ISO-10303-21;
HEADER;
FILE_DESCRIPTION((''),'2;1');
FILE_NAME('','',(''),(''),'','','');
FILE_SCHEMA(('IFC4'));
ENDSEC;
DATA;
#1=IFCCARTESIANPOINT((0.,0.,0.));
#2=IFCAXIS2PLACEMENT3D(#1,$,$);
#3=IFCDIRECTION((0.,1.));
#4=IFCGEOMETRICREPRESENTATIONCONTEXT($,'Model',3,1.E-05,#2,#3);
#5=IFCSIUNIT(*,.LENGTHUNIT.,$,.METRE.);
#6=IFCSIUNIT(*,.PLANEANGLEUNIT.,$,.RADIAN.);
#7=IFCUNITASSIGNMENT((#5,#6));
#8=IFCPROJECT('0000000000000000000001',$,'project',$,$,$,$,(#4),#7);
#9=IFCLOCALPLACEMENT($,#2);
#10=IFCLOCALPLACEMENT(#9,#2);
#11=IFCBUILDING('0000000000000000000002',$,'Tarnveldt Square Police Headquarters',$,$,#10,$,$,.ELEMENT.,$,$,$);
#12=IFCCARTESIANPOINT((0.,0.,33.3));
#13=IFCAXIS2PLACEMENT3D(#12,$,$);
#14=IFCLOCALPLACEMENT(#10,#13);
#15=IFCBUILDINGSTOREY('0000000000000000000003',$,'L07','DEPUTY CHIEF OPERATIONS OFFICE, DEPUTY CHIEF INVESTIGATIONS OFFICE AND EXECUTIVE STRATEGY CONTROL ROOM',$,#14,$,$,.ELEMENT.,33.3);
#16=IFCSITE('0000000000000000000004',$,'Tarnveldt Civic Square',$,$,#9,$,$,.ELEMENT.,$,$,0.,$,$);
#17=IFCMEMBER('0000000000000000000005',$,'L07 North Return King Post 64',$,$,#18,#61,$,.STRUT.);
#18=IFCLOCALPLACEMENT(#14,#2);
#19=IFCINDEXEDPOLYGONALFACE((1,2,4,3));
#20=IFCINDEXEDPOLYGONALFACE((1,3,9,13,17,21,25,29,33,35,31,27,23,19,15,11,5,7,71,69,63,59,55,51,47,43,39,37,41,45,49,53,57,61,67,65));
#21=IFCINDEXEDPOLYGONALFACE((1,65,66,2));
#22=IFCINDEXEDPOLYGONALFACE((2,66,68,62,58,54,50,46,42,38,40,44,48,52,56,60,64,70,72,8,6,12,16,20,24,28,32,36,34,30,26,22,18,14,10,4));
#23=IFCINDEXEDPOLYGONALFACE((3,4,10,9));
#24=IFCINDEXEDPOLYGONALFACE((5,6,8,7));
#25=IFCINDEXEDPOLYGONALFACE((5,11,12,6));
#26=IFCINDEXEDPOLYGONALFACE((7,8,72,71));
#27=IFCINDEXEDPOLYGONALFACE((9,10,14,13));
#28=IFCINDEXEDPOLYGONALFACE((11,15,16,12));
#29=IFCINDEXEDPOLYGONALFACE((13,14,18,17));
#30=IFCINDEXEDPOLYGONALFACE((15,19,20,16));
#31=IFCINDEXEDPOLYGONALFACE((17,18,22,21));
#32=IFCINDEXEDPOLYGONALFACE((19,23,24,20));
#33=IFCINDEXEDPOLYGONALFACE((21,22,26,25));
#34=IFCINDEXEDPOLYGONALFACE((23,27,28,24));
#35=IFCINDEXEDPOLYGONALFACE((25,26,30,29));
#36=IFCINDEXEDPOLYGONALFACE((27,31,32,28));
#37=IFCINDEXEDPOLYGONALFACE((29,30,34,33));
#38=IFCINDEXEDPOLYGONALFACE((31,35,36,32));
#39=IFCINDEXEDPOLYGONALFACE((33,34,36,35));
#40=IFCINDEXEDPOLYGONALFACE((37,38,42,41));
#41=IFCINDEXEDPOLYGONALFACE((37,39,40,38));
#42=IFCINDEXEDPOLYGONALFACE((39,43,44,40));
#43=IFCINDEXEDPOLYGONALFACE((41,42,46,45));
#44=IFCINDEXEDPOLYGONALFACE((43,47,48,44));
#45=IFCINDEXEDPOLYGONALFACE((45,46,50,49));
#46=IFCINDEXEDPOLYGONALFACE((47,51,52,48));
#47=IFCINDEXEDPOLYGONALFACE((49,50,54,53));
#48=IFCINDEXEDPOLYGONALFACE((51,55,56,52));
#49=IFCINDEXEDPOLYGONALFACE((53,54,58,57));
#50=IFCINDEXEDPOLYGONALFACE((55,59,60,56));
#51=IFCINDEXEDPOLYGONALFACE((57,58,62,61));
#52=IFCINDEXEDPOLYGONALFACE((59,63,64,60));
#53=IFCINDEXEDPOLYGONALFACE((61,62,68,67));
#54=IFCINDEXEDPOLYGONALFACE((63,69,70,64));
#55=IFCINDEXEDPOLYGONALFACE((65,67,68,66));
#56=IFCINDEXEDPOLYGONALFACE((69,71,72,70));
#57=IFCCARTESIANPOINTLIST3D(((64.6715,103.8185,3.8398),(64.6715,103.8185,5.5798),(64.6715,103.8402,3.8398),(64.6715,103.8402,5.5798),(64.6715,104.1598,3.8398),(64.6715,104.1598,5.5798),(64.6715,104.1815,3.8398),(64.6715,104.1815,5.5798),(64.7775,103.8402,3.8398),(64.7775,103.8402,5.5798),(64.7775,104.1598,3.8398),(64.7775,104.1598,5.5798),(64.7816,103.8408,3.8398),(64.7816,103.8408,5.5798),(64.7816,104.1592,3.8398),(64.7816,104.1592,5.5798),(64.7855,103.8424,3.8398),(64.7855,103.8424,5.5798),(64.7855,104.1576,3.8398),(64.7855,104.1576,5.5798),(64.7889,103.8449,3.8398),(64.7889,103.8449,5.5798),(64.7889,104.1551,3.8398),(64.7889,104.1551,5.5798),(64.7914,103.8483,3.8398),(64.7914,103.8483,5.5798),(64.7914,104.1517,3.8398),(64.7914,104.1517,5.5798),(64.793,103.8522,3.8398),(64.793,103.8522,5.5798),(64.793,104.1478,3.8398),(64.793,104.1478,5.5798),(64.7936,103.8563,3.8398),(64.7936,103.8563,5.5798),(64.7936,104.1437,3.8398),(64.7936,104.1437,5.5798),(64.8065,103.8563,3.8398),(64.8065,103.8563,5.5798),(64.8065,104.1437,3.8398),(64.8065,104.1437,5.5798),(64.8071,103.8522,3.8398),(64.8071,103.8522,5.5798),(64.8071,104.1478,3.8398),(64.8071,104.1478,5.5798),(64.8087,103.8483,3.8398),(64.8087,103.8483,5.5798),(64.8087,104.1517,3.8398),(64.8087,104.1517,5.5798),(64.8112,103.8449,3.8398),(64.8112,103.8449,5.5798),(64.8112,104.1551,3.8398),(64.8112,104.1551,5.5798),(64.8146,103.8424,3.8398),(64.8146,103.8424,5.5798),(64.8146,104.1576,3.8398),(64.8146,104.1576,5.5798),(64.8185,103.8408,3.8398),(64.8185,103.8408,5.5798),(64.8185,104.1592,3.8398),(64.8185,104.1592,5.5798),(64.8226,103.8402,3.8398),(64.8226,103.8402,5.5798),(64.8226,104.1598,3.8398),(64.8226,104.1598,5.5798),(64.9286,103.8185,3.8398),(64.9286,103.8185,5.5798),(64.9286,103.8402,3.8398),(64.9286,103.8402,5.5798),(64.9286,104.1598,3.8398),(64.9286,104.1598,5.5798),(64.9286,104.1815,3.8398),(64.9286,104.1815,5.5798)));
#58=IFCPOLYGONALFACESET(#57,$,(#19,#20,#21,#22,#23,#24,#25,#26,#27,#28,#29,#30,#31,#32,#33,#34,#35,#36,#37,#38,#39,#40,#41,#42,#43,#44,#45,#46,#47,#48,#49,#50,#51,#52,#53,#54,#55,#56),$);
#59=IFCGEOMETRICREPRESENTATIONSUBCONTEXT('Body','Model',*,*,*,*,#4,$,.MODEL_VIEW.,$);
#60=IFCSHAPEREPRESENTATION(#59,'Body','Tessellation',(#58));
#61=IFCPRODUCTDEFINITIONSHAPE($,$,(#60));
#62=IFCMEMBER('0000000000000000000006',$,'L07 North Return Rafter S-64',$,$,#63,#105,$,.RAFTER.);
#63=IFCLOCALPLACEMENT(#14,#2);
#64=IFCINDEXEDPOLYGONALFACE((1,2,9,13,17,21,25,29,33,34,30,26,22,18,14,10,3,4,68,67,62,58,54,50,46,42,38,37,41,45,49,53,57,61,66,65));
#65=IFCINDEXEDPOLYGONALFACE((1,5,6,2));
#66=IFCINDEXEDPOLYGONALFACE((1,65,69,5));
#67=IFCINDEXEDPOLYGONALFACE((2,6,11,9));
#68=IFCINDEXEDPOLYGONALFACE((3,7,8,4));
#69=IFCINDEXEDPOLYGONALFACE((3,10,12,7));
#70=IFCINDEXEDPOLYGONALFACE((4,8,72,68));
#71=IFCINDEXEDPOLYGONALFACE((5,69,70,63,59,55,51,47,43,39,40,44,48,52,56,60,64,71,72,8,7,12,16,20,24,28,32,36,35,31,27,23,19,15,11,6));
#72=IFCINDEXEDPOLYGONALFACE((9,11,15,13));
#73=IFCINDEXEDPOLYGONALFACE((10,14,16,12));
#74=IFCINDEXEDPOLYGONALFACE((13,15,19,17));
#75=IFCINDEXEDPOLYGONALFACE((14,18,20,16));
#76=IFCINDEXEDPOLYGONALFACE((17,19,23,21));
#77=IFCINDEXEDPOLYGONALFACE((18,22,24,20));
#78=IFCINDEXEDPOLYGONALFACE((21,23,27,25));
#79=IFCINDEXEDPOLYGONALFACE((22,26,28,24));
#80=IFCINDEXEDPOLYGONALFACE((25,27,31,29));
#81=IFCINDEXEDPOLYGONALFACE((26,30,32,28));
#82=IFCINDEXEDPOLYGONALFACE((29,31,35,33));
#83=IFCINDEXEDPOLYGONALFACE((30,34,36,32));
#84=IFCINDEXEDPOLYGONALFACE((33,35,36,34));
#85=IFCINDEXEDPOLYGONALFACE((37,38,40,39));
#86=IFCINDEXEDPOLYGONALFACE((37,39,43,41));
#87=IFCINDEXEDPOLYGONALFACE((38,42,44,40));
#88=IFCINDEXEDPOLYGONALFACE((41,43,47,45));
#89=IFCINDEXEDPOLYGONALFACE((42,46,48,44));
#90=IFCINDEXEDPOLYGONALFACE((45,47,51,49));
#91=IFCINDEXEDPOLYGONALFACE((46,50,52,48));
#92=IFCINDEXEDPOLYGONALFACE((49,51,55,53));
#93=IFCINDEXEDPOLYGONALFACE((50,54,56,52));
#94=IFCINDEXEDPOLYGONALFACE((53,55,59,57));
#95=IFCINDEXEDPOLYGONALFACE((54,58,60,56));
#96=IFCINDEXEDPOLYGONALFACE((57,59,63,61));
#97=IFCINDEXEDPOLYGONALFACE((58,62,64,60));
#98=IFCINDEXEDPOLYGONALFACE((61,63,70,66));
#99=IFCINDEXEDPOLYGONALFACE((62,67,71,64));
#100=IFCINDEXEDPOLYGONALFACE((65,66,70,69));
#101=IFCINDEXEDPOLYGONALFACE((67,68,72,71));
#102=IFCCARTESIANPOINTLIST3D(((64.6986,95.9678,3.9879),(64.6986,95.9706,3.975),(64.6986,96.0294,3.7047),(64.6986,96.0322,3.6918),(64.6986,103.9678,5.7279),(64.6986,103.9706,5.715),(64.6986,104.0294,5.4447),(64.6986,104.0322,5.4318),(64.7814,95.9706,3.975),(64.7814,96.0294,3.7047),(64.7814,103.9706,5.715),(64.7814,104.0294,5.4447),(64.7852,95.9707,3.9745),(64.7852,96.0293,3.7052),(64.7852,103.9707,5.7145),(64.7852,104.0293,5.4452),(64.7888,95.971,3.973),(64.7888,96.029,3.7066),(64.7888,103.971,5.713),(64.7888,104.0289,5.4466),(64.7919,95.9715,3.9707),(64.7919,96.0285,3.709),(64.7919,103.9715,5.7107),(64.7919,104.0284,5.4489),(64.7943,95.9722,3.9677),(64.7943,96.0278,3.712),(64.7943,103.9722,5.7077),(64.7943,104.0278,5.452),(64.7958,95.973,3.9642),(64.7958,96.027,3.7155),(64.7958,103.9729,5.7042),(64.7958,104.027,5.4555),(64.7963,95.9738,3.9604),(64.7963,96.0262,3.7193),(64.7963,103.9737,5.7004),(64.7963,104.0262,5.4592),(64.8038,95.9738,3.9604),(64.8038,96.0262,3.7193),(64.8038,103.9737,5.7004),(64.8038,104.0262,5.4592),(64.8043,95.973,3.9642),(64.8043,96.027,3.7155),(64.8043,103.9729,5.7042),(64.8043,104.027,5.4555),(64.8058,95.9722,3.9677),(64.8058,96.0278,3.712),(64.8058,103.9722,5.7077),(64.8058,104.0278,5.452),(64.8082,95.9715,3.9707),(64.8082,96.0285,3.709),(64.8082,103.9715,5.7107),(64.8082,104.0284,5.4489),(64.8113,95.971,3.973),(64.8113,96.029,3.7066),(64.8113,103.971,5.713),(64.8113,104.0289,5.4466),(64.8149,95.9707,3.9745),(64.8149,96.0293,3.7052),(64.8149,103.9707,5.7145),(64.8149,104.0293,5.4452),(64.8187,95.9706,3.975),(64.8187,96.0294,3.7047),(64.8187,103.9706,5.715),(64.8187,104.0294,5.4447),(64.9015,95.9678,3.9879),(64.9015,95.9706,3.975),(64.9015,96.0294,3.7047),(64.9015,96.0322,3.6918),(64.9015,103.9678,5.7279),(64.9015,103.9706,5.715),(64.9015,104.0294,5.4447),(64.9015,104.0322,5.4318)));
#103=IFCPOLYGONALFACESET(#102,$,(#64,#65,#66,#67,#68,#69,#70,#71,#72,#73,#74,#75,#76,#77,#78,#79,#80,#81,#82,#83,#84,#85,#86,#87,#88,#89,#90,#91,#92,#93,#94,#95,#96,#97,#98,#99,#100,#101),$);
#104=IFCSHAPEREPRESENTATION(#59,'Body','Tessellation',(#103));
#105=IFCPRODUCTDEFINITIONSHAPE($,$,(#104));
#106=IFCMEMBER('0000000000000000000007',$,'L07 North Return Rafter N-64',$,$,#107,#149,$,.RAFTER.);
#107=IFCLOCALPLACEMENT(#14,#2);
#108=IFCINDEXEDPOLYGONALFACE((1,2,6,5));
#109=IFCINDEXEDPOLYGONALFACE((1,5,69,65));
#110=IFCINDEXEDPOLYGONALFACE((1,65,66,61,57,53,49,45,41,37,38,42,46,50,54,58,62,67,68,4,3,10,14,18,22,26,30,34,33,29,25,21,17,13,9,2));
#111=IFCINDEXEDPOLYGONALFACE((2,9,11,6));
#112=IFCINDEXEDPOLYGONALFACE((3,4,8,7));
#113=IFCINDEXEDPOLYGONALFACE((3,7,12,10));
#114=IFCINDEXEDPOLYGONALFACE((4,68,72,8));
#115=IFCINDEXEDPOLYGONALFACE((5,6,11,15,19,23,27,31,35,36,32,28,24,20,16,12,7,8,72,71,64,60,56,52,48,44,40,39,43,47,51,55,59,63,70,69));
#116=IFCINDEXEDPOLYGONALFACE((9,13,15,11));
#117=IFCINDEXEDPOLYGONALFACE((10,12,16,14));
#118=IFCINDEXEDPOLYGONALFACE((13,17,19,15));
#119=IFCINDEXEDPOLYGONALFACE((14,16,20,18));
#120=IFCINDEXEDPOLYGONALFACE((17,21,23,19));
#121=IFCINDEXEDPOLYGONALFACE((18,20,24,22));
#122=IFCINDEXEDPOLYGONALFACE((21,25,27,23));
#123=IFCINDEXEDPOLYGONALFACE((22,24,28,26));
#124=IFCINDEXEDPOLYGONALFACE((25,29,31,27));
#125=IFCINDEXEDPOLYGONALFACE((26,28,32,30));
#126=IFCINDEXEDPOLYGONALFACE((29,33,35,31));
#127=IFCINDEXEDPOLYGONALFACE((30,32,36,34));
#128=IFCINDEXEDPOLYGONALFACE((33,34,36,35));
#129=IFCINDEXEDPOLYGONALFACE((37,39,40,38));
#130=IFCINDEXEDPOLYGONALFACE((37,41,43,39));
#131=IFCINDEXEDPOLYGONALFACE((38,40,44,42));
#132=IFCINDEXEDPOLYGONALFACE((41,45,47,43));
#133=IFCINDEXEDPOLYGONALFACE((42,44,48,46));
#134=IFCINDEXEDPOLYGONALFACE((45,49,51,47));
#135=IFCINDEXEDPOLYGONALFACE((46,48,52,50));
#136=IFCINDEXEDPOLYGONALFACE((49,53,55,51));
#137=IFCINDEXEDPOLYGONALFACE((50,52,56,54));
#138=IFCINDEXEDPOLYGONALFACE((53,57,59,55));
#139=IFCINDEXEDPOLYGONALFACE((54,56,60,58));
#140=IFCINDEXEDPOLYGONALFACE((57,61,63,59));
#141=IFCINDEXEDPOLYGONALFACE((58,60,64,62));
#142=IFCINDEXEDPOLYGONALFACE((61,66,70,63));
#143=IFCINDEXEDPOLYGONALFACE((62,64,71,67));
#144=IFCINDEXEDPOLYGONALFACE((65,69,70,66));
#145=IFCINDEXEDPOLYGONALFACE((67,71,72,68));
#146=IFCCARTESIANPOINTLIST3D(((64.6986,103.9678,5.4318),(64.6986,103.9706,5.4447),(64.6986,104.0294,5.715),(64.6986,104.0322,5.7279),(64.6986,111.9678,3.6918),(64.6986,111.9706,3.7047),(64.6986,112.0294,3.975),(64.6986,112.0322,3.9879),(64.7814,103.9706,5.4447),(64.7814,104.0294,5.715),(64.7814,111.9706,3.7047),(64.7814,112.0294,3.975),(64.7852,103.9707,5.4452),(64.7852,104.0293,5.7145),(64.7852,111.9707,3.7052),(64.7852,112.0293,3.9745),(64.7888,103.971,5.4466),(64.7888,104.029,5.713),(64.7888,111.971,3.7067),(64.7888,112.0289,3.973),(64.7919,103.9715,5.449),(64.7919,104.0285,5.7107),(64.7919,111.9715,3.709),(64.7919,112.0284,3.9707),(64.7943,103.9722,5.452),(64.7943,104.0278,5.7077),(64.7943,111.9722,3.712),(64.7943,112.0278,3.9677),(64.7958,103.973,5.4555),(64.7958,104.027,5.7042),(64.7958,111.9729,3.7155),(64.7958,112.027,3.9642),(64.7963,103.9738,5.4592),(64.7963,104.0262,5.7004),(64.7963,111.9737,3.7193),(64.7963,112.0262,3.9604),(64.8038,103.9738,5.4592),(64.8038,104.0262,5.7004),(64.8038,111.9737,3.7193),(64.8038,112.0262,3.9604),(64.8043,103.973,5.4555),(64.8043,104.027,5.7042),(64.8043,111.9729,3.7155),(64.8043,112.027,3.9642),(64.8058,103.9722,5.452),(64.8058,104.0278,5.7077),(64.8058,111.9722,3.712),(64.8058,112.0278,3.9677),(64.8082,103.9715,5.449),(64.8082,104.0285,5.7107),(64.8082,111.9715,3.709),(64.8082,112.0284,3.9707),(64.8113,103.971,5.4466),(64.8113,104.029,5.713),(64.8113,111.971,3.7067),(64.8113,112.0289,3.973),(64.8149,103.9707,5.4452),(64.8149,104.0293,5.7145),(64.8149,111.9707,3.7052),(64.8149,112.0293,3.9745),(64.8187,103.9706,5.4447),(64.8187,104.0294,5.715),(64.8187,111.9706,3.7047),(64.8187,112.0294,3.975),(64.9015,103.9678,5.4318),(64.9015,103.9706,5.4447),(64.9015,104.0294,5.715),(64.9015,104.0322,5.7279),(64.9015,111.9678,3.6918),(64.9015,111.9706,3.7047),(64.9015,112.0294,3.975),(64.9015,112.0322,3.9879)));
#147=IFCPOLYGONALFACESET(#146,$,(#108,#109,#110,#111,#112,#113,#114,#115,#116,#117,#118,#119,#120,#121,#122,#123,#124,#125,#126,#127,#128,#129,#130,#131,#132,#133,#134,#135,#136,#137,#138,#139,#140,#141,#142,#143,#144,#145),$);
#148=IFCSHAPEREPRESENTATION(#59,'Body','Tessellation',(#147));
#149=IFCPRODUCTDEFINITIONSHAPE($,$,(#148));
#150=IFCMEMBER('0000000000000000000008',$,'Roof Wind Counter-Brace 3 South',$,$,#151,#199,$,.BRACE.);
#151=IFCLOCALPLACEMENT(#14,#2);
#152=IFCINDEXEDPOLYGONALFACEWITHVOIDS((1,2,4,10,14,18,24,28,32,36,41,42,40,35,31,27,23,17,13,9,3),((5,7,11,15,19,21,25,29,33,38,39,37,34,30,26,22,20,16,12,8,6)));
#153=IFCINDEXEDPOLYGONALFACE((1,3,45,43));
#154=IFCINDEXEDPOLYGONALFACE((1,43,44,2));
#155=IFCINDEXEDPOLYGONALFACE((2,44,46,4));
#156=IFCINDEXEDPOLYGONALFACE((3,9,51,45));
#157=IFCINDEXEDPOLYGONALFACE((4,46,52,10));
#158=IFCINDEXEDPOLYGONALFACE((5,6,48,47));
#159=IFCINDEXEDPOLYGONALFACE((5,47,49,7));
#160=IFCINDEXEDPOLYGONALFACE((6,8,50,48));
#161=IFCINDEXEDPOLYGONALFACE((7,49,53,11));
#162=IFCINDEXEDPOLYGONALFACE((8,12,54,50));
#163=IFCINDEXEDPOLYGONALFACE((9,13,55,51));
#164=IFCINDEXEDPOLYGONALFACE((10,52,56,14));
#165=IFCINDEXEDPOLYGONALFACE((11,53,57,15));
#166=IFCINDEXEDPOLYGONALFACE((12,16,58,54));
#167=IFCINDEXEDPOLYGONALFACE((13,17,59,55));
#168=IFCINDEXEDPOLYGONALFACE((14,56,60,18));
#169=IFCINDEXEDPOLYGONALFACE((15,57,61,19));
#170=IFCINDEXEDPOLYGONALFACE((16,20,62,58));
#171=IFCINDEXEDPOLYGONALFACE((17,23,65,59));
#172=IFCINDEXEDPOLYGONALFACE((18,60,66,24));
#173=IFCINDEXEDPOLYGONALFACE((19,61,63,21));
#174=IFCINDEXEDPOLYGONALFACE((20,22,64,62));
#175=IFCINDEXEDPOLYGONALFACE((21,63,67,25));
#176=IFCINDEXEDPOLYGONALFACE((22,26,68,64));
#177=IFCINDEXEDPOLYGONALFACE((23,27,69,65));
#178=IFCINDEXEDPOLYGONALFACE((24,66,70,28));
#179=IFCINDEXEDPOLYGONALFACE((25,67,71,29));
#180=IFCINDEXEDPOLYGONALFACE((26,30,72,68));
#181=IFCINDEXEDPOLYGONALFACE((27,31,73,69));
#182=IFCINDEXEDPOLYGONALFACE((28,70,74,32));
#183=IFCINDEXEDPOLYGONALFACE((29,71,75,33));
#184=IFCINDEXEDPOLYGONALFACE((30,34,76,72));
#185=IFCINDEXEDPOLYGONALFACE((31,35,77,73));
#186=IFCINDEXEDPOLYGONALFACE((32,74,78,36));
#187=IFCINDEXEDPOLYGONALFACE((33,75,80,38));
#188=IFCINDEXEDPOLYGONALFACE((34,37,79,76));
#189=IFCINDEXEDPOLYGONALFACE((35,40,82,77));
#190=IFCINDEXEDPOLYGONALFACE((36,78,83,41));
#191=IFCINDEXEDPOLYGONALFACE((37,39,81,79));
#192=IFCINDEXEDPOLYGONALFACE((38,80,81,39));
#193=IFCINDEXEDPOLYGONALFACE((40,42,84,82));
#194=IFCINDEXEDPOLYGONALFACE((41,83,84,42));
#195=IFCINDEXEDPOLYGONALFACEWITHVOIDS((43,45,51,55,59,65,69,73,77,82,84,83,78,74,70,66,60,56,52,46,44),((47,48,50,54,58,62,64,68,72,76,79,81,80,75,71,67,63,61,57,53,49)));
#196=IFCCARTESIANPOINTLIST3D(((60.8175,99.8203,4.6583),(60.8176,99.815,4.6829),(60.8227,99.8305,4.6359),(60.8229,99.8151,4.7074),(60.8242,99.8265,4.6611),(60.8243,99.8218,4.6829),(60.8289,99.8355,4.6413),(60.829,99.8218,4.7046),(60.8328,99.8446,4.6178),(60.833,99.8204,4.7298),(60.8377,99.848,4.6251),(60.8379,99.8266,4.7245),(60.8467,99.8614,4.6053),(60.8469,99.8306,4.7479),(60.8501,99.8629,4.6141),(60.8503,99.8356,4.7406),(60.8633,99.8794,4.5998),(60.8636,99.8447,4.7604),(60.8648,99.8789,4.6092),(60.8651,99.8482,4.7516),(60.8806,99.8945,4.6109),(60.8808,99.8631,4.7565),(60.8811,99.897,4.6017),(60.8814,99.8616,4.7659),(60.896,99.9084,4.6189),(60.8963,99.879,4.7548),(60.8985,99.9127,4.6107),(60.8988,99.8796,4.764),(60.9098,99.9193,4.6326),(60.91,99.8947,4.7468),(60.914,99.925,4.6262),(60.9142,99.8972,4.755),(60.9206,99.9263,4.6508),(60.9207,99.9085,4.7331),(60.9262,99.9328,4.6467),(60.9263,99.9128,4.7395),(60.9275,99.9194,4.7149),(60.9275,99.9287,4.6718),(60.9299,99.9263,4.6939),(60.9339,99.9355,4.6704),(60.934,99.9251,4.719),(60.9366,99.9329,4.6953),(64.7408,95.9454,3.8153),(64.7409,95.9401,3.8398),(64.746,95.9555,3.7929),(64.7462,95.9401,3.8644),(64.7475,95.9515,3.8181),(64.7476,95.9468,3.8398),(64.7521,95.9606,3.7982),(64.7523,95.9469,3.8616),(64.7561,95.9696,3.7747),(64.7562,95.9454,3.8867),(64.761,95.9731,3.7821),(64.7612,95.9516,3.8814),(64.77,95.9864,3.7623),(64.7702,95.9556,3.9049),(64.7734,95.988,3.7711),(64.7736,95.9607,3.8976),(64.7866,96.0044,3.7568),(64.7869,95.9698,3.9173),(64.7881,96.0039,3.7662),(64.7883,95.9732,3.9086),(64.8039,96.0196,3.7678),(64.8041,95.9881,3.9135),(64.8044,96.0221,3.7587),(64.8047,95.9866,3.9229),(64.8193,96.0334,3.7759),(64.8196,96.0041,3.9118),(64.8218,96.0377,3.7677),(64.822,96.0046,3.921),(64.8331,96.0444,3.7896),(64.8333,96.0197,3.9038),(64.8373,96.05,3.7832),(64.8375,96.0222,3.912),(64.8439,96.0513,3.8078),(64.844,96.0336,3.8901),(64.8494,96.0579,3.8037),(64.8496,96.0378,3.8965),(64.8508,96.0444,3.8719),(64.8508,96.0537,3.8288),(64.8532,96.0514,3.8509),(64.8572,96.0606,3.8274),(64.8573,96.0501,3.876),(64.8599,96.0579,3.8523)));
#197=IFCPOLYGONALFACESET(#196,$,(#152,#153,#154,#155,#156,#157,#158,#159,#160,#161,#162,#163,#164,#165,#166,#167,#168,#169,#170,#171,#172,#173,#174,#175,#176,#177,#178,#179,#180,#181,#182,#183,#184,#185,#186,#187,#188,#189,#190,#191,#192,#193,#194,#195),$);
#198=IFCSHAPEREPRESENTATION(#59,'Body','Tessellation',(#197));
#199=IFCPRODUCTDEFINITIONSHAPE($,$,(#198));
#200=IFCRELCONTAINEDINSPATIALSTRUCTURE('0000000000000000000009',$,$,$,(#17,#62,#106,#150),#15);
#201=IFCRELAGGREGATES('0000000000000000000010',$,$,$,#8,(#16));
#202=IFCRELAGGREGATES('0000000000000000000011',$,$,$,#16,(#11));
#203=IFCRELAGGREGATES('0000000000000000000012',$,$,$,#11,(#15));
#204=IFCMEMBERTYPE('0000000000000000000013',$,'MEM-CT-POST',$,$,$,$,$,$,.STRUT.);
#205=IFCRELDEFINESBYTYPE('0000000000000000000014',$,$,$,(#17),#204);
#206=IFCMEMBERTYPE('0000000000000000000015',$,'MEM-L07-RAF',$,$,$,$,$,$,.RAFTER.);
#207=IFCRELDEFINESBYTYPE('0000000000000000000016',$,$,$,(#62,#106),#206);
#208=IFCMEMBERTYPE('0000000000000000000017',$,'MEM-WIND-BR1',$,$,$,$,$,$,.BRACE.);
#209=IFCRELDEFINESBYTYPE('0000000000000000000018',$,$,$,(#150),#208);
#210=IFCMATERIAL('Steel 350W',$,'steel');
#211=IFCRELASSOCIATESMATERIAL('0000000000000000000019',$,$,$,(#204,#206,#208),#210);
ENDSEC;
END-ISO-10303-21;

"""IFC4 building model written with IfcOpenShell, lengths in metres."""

from ifc_helpers import new_model, si_unit, direction, frame, origin, origin_2d, place, context, subcontext, project, spatial, hollow_circle, i_section, extrude, material, material_profile, profile_set, type_object, element, save


model = new_model("IFC4")

# Units and contexts
model_context = context("Model", 3, precision=1e-05, world=origin(), true_north=direction((0.0, 1.0)))
body_context = subcontext(model_context, "Body", "Model", "MODEL_VIEW")
ifc_project = project(units=[si_unit("LENGTHUNIT", "METRE"), si_unit("PLANEANGLEUNIT", "RADIAN")], contexts=[model_context])

# Site, building, storey
site_placement = place(None, origin())
site = spatial("IfcSite", under=ifc_project, at=site_placement, Name="Tarnveldt Civic Square", CompositionType="ELEMENT", RefElevation=0.0)
building_placement = place(site_placement, origin())
building = spatial("IfcBuilding", under=site, at=building_placement, Name="Tarnveldt Square Police Headquarters", CompositionType="ELEMENT")
storey_placement = place(building_placement, frame((0.0, 0.0, 33.3)))
storey = spatial("IfcBuildingStorey", under=building, at=storey_placement, Name="L07", Description="DEPUTY CHIEF OPERATIONS OFFICE, DEPUTY CHIEF INVESTIGATIONS OFFICE AND EXECUTIVE STRATEGY CONTROL ROOM", CompositionType="ELEMENT", Elevation=33.3)

# Shared definitions
ifc_material_1 = material(Name="Steel 350W", Category="steel")

# Members
ifc_material_profile_1 = material_profile(ifc_material_1, i_section(OverallWidth=0.2571, OverallDepth=0.363, WebThickness=0.0129, FlangeThickness=0.0217, FilletRadius=0.0161, at=origin_2d()), Name="W360x122")
ifc_profile_set_1 = profile_set([ifc_material_profile_1], Name="Steel 350W")
member_type_1 = type_object("IfcMemberType", Name="MEM-CT-POST", PredefinedType="STRUT", material=ifc_profile_set_1)
member_placement = place(storey_placement, frame((64.8, 104.0, 3.8398), z_axis=(0.0, 0.0, 1.0), x_axis=(1.0, 0.0, 0.0)))
element("IfcMember", 1, at=member_placement, inside=storey, type_object=member_type_1, Name="L07 North Return King Post 64", PredefinedType="STRUT", context=body_context, shape_type="SweptSolid", body=[
    extrude(i_section(OverallWidth=0.2571, OverallDepth=0.363, WebThickness=0.0129, FlangeThickness=0.0217, FilletRadius=0.0161, at=origin_2d()), origin(), (0.0, 0.0, 1.0), 1.74),
])
ifc_material_profile_2 = material_profile(ifc_material_1, i_section(OverallWidth=0.2029, OverallDepth=0.303, WebThickness=0.0076, FlangeThickness=0.0132, FilletRadius=0.0149, at=origin_2d()), Name="W310x60")
ifc_profile_set_2 = profile_set([ifc_material_profile_2], Name="Steel 350W")
member_type_2 = type_object("IfcMemberType", Name="MEM-L07-RAF", PredefinedType="RAFTER", material=ifc_profile_set_2)
for number, where, z_axis, x_axis, name in (
    (2, (64.8, 96.0, 3.8398), (0.0, 0.977155, 0.21253), (-1.0, 0.0, 0.0), "L07 North Return Rafter S-64"),
    (3, (64.8, 104.0, 5.5798), (0.0, 0.977155, -0.21253), (-1.0, 0.0, 0.0), "L07 North Return Rafter N-64"),
):
    element("IfcMember", number, at=place(storey_placement, frame(where, z_axis=z_axis, x_axis=x_axis)), inside=storey, type_object=member_type_2, Name=name, PredefinedType="RAFTER", context=body_context, shape_type="SweptSolid", body=[
        extrude(i_section(OverallWidth=0.2029, OverallDepth=0.303, WebThickness=0.0076, FlangeThickness=0.0132, FilletRadius=0.0149, at=origin_2d()), origin(), (0.0, 0.0, 1.0), 8.187),
    ])
ifc_material_profile_3 = material_profile(ifc_material_1, hollow_circle(Radius=0.0842, WallThickness=0.0095, at=origin_2d()), Name="HSS168x9.5")
ifc_profile_set_3 = profile_set([ifc_material_profile_3], Name="Steel 350W")
member_type_3 = type_object("IfcMemberType", Name="MEM-WIND-BR1", PredefinedType="BRACE", material=ifc_profile_set_3)
for number, where, z_axis, x_axis, name in (
    (4, (64.8, 96.0, 3.8398), (-0.703305, 0.69464, 0.151121), (-0.70271, -0.711476, 0.0), "Roof Wind Counter-Brace 3 South"),
):
    element("IfcMember", number, at=place(storey_placement, frame(where, z_axis=z_axis, x_axis=x_axis)), inside=storey, type_object=member_type_3, Name=name, PredefinedType="BRACE", context=body_context, shape_type="SweptSolid", body=[
        extrude(hollow_circle(Radius=0.0842, WallThickness=0.0095, at=origin_2d()), origin(), (0.0, 0.0, 1.0), 5.5784),
    ])

save(model, "model.ifc")
